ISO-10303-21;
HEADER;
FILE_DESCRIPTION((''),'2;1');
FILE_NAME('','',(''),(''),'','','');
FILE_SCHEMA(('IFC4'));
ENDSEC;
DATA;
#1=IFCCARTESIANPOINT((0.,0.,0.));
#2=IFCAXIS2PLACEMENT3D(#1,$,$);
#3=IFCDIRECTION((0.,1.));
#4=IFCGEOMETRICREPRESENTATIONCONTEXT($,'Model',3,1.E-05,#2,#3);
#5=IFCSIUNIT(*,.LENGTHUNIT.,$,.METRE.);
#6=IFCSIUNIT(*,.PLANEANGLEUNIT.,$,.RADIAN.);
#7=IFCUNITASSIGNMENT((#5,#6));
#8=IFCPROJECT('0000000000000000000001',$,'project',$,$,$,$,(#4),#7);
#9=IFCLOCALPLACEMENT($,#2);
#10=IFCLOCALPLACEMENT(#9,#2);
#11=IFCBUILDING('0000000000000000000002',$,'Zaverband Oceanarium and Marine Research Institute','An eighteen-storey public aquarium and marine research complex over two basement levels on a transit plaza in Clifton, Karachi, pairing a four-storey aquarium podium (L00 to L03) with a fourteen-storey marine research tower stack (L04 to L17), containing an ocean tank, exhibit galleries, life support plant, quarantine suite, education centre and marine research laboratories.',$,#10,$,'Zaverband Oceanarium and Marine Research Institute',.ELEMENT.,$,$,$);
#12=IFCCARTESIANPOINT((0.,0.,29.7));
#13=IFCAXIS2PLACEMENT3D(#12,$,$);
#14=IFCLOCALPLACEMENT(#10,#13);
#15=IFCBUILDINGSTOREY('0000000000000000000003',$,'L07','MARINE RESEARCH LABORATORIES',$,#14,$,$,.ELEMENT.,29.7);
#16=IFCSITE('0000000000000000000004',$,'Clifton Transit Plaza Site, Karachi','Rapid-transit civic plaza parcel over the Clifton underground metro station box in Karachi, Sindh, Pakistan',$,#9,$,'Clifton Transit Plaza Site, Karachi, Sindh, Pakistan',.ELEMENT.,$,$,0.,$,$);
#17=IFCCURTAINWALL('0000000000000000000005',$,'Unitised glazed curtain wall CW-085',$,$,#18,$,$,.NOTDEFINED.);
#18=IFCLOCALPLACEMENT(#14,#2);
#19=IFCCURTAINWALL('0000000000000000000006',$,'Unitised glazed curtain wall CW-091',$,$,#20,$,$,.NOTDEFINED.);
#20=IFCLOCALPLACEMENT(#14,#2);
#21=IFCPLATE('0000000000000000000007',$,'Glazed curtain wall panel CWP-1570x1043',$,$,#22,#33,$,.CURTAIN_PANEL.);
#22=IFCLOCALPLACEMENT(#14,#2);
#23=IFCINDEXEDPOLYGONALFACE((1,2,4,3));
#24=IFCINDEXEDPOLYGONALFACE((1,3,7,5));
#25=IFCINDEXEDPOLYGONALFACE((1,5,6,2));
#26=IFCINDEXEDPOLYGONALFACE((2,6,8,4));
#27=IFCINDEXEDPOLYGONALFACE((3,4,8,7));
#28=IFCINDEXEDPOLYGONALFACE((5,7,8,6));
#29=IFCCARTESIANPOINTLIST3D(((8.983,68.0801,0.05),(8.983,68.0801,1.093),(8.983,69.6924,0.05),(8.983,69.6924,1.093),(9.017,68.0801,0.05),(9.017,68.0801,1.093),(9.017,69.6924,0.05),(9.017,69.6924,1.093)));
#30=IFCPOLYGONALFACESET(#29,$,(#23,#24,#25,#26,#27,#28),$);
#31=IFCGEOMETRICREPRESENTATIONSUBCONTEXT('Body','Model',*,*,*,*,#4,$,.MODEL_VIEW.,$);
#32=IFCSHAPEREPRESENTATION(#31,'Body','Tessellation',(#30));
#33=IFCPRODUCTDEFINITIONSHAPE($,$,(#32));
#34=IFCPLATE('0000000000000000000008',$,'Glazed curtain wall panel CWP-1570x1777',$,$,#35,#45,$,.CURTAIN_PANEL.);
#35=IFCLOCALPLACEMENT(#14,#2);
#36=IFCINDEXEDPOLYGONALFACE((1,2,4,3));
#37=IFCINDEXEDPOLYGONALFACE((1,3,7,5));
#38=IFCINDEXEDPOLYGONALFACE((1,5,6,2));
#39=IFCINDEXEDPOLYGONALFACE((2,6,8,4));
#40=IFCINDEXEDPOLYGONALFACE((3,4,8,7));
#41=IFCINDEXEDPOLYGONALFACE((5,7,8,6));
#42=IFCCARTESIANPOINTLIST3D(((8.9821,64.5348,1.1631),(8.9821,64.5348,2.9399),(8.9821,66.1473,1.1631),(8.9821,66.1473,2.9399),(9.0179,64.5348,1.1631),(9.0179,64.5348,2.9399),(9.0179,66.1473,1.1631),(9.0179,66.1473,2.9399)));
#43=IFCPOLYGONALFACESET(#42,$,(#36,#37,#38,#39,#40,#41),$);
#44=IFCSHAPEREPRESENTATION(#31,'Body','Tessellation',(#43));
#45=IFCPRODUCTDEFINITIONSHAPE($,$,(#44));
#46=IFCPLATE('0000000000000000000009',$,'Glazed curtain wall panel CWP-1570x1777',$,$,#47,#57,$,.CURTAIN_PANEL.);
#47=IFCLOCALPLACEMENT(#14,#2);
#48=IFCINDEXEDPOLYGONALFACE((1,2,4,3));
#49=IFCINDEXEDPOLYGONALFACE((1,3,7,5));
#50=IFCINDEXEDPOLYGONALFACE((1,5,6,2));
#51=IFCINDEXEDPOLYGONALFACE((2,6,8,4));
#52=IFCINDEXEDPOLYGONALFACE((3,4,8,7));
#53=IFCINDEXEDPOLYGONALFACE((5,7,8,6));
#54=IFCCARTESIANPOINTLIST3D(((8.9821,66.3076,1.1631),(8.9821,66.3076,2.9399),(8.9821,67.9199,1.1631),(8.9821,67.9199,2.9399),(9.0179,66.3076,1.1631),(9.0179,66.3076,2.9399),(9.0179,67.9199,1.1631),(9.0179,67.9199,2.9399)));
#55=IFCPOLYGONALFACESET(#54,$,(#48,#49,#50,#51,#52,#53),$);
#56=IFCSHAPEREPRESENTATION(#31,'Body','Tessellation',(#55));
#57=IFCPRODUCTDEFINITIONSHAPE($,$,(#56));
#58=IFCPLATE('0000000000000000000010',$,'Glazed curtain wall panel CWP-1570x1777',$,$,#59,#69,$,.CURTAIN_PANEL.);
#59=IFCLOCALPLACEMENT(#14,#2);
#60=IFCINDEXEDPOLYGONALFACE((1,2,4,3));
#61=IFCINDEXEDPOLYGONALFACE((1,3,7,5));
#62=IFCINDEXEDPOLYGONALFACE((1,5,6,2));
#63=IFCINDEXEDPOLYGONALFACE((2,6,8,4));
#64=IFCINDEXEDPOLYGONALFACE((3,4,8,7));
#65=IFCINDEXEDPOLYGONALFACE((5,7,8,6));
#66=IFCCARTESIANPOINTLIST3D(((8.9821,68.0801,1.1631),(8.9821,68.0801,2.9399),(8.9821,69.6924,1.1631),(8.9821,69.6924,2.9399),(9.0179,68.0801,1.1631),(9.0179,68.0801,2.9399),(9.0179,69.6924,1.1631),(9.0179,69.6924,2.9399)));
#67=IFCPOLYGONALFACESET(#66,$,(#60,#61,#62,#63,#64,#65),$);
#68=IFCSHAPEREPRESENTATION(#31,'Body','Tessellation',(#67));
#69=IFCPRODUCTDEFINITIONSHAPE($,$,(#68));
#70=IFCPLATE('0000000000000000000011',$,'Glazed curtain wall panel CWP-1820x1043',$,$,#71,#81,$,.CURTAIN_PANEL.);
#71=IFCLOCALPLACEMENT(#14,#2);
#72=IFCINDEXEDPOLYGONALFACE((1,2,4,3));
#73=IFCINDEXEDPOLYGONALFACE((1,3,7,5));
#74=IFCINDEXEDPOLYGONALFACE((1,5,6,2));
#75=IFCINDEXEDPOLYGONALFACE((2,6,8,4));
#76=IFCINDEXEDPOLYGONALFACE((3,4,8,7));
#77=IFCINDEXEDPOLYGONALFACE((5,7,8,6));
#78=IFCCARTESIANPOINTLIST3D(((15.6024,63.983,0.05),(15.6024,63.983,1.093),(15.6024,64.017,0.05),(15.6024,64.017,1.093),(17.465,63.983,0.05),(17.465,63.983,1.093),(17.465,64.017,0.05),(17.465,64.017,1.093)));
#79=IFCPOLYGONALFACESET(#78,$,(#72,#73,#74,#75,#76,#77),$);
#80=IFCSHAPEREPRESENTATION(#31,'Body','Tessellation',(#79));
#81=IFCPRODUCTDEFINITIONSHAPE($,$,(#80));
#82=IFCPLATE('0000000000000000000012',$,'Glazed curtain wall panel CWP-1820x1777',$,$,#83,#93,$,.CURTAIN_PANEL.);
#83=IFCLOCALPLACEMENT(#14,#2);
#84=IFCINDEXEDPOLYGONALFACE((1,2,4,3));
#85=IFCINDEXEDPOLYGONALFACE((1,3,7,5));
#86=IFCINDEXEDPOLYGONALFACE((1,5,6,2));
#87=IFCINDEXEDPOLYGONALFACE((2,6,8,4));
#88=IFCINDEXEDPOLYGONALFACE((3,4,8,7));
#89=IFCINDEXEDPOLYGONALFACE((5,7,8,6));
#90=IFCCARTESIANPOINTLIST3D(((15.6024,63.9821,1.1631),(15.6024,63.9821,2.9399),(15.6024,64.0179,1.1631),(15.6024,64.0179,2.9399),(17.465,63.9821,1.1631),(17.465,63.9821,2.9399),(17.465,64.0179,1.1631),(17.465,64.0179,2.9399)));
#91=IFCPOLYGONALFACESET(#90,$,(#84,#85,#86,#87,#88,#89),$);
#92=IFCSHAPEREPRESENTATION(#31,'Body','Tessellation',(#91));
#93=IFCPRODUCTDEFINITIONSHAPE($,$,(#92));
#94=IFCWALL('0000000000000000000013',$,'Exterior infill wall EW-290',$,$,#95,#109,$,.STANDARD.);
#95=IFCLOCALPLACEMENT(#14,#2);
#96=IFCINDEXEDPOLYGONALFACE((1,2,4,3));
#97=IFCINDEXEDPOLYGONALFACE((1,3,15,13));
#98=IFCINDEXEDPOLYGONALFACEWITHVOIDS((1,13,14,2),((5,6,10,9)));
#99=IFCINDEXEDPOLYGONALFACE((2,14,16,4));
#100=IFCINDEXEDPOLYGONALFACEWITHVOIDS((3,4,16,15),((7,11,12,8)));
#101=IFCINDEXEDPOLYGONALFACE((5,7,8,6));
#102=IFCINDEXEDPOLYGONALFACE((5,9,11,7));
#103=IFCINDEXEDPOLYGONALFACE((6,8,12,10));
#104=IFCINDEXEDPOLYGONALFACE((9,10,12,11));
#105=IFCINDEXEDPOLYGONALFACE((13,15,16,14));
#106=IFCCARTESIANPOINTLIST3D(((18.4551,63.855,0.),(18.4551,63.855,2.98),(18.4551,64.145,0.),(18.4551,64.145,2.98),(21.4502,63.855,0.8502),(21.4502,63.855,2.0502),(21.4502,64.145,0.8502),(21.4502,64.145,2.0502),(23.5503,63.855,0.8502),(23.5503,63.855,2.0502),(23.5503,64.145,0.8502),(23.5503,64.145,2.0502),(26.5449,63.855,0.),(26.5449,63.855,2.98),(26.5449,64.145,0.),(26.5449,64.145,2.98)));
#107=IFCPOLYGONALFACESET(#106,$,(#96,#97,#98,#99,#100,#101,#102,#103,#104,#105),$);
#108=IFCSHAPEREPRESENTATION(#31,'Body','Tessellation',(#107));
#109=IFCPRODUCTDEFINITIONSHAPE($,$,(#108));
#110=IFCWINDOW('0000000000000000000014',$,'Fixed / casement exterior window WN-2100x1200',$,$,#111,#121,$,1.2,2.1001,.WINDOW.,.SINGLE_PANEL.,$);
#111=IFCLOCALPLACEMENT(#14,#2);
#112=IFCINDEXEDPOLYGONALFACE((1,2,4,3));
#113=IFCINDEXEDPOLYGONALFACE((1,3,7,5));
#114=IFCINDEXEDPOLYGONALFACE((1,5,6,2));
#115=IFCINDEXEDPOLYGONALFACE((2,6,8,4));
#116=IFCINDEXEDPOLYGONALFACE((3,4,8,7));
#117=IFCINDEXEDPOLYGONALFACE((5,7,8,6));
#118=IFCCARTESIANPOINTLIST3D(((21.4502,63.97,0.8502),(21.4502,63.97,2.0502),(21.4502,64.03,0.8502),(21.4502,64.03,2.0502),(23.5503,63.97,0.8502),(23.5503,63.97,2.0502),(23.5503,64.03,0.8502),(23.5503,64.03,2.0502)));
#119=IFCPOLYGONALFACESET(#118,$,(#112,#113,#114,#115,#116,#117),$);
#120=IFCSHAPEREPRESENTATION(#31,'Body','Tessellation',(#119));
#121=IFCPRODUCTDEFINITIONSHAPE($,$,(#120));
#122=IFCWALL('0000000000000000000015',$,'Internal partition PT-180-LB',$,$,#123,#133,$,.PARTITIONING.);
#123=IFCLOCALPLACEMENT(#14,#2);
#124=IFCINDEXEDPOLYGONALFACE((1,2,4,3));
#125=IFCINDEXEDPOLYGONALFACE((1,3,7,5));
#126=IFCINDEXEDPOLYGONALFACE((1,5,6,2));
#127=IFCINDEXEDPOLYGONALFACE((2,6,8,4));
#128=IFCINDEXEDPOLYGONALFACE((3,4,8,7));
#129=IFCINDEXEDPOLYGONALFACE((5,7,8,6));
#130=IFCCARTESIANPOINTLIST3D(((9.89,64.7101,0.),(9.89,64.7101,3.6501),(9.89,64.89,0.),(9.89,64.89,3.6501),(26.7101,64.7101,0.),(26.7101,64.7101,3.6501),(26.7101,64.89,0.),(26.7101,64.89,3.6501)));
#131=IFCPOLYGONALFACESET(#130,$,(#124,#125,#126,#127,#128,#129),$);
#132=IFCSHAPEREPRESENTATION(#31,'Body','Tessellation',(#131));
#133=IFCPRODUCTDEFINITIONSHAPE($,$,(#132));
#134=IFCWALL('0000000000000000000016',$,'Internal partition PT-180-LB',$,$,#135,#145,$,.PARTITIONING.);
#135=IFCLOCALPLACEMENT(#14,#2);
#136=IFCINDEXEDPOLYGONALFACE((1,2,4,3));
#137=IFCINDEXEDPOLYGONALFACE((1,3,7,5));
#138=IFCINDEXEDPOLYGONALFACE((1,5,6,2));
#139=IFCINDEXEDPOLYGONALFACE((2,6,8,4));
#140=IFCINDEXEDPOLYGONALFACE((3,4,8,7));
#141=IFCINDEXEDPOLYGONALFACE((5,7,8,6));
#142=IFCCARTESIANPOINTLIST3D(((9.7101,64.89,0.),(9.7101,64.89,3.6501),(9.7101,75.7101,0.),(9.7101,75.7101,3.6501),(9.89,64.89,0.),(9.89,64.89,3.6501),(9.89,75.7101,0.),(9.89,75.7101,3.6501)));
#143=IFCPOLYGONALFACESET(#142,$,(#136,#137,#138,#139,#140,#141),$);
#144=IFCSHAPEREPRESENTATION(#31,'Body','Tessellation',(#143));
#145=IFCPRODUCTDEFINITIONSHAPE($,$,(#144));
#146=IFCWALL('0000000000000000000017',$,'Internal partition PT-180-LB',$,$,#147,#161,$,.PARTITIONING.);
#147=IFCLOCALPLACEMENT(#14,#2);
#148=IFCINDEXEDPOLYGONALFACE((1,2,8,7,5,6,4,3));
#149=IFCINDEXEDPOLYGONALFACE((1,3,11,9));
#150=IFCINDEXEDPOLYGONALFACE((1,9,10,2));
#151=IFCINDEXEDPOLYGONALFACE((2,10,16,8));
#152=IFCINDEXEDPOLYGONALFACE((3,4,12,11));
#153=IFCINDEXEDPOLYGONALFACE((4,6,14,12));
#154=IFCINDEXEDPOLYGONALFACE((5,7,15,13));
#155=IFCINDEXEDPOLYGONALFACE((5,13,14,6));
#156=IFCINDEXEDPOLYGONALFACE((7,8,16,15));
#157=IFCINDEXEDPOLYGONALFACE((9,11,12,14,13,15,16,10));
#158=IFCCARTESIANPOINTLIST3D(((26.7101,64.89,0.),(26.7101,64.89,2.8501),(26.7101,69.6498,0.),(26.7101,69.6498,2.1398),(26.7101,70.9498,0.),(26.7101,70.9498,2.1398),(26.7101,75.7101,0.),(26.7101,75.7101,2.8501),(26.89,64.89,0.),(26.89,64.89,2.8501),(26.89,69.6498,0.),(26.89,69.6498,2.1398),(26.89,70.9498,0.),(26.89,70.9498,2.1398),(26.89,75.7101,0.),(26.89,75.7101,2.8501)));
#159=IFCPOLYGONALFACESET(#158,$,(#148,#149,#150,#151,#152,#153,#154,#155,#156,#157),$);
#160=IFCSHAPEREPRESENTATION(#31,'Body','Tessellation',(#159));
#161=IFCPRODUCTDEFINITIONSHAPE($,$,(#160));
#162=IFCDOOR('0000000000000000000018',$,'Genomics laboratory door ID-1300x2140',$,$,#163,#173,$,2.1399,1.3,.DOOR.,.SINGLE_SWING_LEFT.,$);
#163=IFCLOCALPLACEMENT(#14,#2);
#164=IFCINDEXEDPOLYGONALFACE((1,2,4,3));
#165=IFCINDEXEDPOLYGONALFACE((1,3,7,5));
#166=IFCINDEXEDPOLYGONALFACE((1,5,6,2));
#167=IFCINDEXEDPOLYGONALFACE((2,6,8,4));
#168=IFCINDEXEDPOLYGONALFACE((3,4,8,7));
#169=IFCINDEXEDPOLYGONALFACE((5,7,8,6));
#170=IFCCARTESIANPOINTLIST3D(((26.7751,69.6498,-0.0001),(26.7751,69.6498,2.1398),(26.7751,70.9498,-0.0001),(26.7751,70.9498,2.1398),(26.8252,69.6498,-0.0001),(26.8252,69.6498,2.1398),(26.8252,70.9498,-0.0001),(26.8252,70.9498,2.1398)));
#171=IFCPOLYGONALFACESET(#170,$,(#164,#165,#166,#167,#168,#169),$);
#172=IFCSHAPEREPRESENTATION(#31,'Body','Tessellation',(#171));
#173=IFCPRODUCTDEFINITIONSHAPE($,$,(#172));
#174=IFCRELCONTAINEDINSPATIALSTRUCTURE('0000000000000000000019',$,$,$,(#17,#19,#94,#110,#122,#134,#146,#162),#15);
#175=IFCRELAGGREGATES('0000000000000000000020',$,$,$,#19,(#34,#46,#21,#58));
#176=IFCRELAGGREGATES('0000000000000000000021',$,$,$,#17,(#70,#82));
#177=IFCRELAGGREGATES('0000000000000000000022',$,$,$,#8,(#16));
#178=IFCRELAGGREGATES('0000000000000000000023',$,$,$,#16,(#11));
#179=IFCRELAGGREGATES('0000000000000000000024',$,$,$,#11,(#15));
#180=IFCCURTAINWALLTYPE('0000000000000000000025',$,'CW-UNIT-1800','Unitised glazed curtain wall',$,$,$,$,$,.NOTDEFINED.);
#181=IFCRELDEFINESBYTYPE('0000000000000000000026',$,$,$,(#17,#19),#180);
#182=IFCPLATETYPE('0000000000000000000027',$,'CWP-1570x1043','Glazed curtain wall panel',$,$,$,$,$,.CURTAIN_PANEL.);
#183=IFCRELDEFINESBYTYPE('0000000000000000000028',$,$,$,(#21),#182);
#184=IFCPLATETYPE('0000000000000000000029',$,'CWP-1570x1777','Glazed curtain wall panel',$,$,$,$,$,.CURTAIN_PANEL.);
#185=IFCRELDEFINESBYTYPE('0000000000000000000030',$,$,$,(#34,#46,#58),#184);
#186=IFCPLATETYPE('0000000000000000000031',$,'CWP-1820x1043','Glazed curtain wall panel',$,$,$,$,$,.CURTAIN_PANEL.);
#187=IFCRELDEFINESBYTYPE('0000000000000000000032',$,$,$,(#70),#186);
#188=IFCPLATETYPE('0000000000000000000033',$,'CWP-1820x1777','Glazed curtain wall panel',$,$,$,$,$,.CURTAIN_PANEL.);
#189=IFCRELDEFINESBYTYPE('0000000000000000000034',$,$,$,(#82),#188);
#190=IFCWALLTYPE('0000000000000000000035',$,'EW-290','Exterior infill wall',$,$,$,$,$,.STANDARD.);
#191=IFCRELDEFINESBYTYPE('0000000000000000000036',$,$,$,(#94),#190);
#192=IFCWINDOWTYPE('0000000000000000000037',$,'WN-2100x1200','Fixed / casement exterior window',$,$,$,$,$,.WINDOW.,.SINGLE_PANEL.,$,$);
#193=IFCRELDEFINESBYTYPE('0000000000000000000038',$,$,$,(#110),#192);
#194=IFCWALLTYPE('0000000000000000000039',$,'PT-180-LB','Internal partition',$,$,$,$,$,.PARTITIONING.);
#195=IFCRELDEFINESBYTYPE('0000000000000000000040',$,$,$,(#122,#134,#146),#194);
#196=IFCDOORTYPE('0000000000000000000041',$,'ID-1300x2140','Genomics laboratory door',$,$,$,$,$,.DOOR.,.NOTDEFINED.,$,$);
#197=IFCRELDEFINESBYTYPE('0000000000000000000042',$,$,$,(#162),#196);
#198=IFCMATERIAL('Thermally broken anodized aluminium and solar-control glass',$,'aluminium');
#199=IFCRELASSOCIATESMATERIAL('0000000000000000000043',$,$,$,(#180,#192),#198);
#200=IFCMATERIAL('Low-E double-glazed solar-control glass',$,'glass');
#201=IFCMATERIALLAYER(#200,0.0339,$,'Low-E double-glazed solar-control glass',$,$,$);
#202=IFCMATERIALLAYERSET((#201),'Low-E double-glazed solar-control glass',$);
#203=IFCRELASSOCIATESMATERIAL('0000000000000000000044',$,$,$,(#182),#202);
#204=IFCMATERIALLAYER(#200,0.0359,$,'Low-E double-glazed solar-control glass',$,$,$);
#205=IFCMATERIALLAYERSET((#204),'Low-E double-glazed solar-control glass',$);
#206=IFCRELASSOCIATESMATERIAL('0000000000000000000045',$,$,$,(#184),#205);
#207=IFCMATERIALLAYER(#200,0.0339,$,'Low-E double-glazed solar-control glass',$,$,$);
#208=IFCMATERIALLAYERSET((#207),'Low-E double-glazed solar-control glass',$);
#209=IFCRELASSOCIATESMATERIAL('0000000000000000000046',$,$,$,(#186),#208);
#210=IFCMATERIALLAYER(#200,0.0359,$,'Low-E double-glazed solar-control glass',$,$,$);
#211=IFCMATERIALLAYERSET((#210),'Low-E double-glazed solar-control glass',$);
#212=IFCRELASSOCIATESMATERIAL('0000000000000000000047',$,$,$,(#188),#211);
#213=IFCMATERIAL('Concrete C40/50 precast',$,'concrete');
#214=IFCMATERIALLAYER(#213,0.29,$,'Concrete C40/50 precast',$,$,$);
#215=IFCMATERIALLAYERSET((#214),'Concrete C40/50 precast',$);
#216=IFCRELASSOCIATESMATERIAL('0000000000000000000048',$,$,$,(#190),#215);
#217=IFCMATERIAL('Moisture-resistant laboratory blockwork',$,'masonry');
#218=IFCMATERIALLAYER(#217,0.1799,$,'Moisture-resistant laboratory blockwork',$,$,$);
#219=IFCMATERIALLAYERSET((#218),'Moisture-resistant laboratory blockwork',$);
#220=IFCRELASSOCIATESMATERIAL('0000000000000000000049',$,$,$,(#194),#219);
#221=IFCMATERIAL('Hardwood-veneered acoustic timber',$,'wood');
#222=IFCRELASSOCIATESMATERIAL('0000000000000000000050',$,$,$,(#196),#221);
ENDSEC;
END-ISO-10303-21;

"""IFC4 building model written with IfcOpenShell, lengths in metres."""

from ifc_helpers import new_model, si_unit, direction, frame, frame_2d, origin, place, context, subcontext, project, spatial, rectangle, extrude, material, layer, layer_set, type_object, element, fill, aggregate, save


model = new_model("IFC4")

# Units and contexts
model_context = context("Model", 3, precision=1e-05, world=origin(), true_north=direction((0.0, 1.0)))
body_context = subcontext(model_context, "Body", "Model", "MODEL_VIEW")
ifc_project = project(units=[si_unit("LENGTHUNIT", "METRE"), si_unit("PLANEANGLEUNIT", "RADIAN")], contexts=[model_context])

# Site, building, storey
site_placement = place(None, origin())
site = spatial("IfcSite", under=ifc_project, at=site_placement, Name="Clifton Transit Plaza Site, Karachi", Description="Rapid-transit civic plaza parcel over the Clifton underground metro station box in Karachi, Sindh, Pakistan", LongName="Clifton Transit Plaza Site, Karachi, Sindh, Pakistan", CompositionType="ELEMENT", RefElevation=0.0)
building_placement = place(site_placement, origin())
building = spatial("IfcBuilding", under=site, at=building_placement, Name="Zaverband Oceanarium and Marine Research Institute", Description="An eighteen-storey public aquarium and marine research complex over two basement levels on a transit plaza in Clifton, Karachi, pairing a four-storey aquarium podium (L00 to L03) with a fourteen-storey marine research tower stack (L04 to L17), containing an ocean tank, exhibit galleries, life support plant, quarantine suite, education centre and marine research laboratories.", LongName="Zaverband Oceanarium and Marine Research Institute", CompositionType="ELEMENT")
storey_placement = place(building_placement, frame((0.0, 0.0, 29.7)))
storey = spatial("IfcBuildingStorey", under=building, at=storey_placement, Name="L07", Description="MARINE RESEARCH LABORATORIES", CompositionType="ELEMENT", Elevation=29.7)

# Curtain wall
ifc_material_1 = material(Name="Thermally broken anodized aluminium and solar-control glass", Category="aluminium")
curtain_wall_type = type_object("IfcCurtainWallType", Name="CW-UNIT-1800", Description="Unitised glazed curtain wall", PredefinedType="NOTDEFINED", material=ifc_material_1)
curtain_wall_1_placement = place(storey_placement, origin())
curtain_wall_1 = element("IfcCurtainWall", 1, at=curtain_wall_1_placement, inside=storey, type_object=curtain_wall_type, Name="Unitised glazed curtain wall CW-085", PredefinedType="NOTDEFINED")

# Curtain wall, plates
curtain_wall_2_placement = place(storey_placement, origin())
curtain_wall_2 = element("IfcCurtainWall", 2, at=curtain_wall_2_placement, inside=storey, type_object=curtain_wall_type, Name="Unitised glazed curtain wall CW-091", PredefinedType="NOTDEFINED")
ifc_material_2 = material(Name="Low-E double-glazed solar-control glass", Category="glass")
ifc_layer_1 = layer(ifc_material_2, 0.0339, Name="Low-E double-glazed solar-control glass")
ifc_layer_set_1 = layer_set([ifc_layer_1], Name="Low-E double-glazed solar-control glass")
plate_type_1 = type_object("IfcPlateType", Name="CWP-1570x1043", Description="Glazed curtain wall panel", PredefinedType="CURTAIN_PANEL", material=ifc_layer_set_1)
plate_1_placement = place(storey_placement, frame((9.0, 68.0801, 0.05), z_axis=(0.0, 0.0, 1.0), x_axis=(0.0, 1.0, 0.0)))
plate_1 = element("IfcPlate", 3, at=plate_1_placement, type_object=plate_type_1, Name="Glazed curtain wall panel CWP-1570x1043", PredefinedType="CURTAIN_PANEL", context=body_context, shape_type="SweptSolid", body=[
    extrude(rectangle(XDim=1.6123, YDim=0.0339, at=frame_2d((0.8062, 0.0))), origin(), (0.0, 0.0, 1.0), 1.043),
])
ifc_layer_2 = layer(ifc_material_2, 0.0359, Name="Low-E double-glazed solar-control glass")
ifc_layer_set_2 = layer_set([ifc_layer_2], Name="Low-E double-glazed solar-control glass")
plate_type_2 = type_object("IfcPlateType", Name="CWP-1570x1777", Description="Glazed curtain wall panel", PredefinedType="CURTAIN_PANEL", material=ifc_layer_set_2)
plate_2_placement = place(storey_placement, frame((9.0, 64.5349, 1.1631), z_axis=(0.0, 0.0, 1.0), x_axis=(0.0, 1.0, 0.0)))
plate_2 = element("IfcPlate", 4, at=plate_2_placement, type_object=plate_type_2, Name="Glazed curtain wall panel CWP-1570x1777", PredefinedType="CURTAIN_PANEL", context=body_context, shape_type="SweptSolid", body=[
    extrude(rectangle(XDim=1.6125, YDim=0.0359, at=frame_2d((0.8062, 0.0))), origin(), (0.0, 0.0, 1.0), 1.7769),
])
plate_3_placement = place(storey_placement, frame((9.0, 66.3076, 1.1631), z_axis=(0.0, 0.0, 1.0), x_axis=(0.0, 1.0, 0.0)))
plate_3 = element("IfcPlate", 5, at=plate_3_placement, type_object=plate_type_2, Name="Glazed curtain wall panel CWP-1570x1777", PredefinedType="CURTAIN_PANEL", context=body_context, shape_type="SweptSolid", body=[
    extrude(rectangle(XDim=1.6123, YDim=0.0359, at=frame_2d((0.8062, 0.0))), origin(), (0.0, 0.0, 1.0), 1.7769),
])
plate_4_placement = place(storey_placement, frame((9.0, 68.0801, 1.1631), z_axis=(0.0, 0.0, 1.0), x_axis=(0.0, 1.0, 0.0)))
plate_4 = element("IfcPlate", 6, at=plate_4_placement, type_object=plate_type_2, Name="Glazed curtain wall panel CWP-1570x1777", PredefinedType="CURTAIN_PANEL", context=body_context, shape_type="SweptSolid", body=[
    extrude(rectangle(XDim=1.6123, YDim=0.0359, at=frame_2d((0.8062, 0.0))), origin(), (0.0, 0.0, 1.0), 1.7769),
])
aggregate(curtain_wall_2, [plate_2, plate_3, plate_1, plate_4])

# Plates
ifc_layer_3 = layer(ifc_material_2, 0.0339, Name="Low-E double-glazed solar-control glass")
ifc_layer_set_3 = layer_set([ifc_layer_3], Name="Low-E double-glazed solar-control glass")
plate_type_3 = type_object("IfcPlateType", Name="CWP-1820x1043", Description="Glazed curtain wall panel", PredefinedType="CURTAIN_PANEL", material=ifc_layer_set_3)
plate_5_placement = place(storey_placement, frame((15.6025, 64.0, 0.05), z_axis=(0.0, 0.0, 1.0), x_axis=(1.0, 0.0, 0.0)))
plate_5 = element("IfcPlate", 7, at=plate_5_placement, type_object=plate_type_3, Name="Glazed curtain wall panel CWP-1820x1043", PredefinedType="CURTAIN_PANEL", context=body_context, shape_type="SweptSolid", body=[
    extrude(rectangle(XDim=1.8625, YDim=0.0339, at=frame_2d((0.9312, 0.0))), origin(), (0.0, 0.0, 1.0), 1.043),
])
ifc_layer_4 = layer(ifc_material_2, 0.0359, Name="Low-E double-glazed solar-control glass")
ifc_layer_set_4 = layer_set([ifc_layer_4], Name="Low-E double-glazed solar-control glass")
plate_type_4 = type_object("IfcPlateType", Name="CWP-1820x1777", Description="Glazed curtain wall panel", PredefinedType="CURTAIN_PANEL", material=ifc_layer_set_4)
plate_6_placement = place(storey_placement, frame((15.6025, 64.0, 1.1631), z_axis=(0.0, 0.0, 1.0), x_axis=(1.0, 0.0, 0.0)))
plate_6 = element("IfcPlate", 8, at=plate_6_placement, type_object=plate_type_4, Name="Glazed curtain wall panel CWP-1820x1777", PredefinedType="CURTAIN_PANEL", context=body_context, shape_type="SweptSolid", body=[
    extrude(rectangle(XDim=1.8625, YDim=0.0359, at=frame_2d((0.9312, 0.0))), origin(), (0.0, 0.0, 1.0), 1.7769),
])
aggregate(curtain_wall_1, [plate_5, plate_6])

# Wall, opening, window
ifc_material_3 = material(Name="Concrete C40/50 precast", Category="concrete")
ifc_layer_5 = layer(ifc_material_3, 0.29, Name="Concrete C40/50 precast")
ifc_layer_set_5 = layer_set([ifc_layer_5], Name="Concrete C40/50 precast")
wall_type_1 = type_object("IfcWallType", Name="EW-290", Description="Exterior infill wall", PredefinedType="STANDARD", material=ifc_layer_set_5)
wall_1_placement = place(storey_placement, frame((18.4551, 64.0, 0.0), z_axis=(0.0, 0.0, 1.0), x_axis=(1.0, 0.0, 0.0)))
wall_1 = element("IfcWall", 9, at=wall_1_placement, inside=storey, type_object=wall_type_1, Name="Exterior infill wall EW-290", PredefinedType="STANDARD", context=body_context, shape_type="SweptSolid", body=[
    extrude(rectangle(XDim=8.0898, YDim=0.29, at=frame_2d((4.0449, 0.0))), origin(), (0.0, 0.0, 1.0), 2.98),
])
opening_1_placement = place(wall_1_placement, frame((2.9951, 0.0, 0.8501)))
opening_1 = element("IfcOpeningElement", 10, at=opening_1_placement, cuts=wall_1, PredefinedType="OPENING", context=body_context, shape_type="SweptSolid", body=[
    extrude(rectangle(XDim=2.1001, YDim=1.2, at=frame_2d((1.05, 0.6001))), frame((0.0, 0.157, 0.0), z_axis=(0.0, -1.0, 0.0), x_axis=(1.0, 0.0, 0.0)), (0.0, 0.0, 1.0), 0.314),
])
window_type = type_object("IfcWindowType", Name="WN-2100x1200", Description="Fixed / casement exterior window", PartitioningType="SINGLE_PANEL", PredefinedType="WINDOW", material=ifc_material_1)
window_placement = place(opening_1_placement, origin())
window = element("IfcWindow", 11, at=window_placement, inside=storey, type_object=window_type, Name="Fixed / casement exterior window WN-2100x1200", OverallHeight=1.2, OverallWidth=2.1001, PartitioningType="SINGLE_PANEL", PredefinedType="WINDOW", context=body_context, shape_type="SweptSolid", body=[
    extrude(rectangle(XDim=2.1001, YDim=1.2, at=frame_2d((1.05, 0.6001))), frame((0.0, 0.03, 0.0), z_axis=(0.0, -1.0, 0.0), x_axis=(1.0, 0.0, 0.0)), (0.0, 0.0, 1.0), 0.0601),
])
fill(opening_1, window)

# Walls
ifc_material_4 = material(Name="Moisture-resistant laboratory blockwork", Category="masonry")
ifc_layer_6 = layer(ifc_material_4, 0.1799, Name="Moisture-resistant laboratory blockwork")
ifc_layer_set_6 = layer_set([ifc_layer_6], Name="Moisture-resistant laboratory blockwork")
wall_type_2 = type_object("IfcWallType", Name="PT-180-LB", Description="Internal partition", PredefinedType="PARTITIONING", material=ifc_layer_set_6)
wall_2_placement = place(storey_placement, frame((9.8899, 64.8, 0.0), z_axis=(0.0, 0.0, 1.0), x_axis=(1.0, 0.0, 0.0)))
element("IfcWall", 12, at=wall_2_placement, inside=storey, type_object=wall_type_2, Name="Internal partition PT-180-LB", PredefinedType="PARTITIONING", context=body_context, shape_type="SweptSolid", body=[
    extrude(rectangle(XDim=16.8201, YDim=0.1799, at=frame_2d((8.4102, 0.0))), origin(), (0.0, 0.0, 1.0), 3.6501),
])
wall_3_placement = place(storey_placement, frame((9.8, 64.8899, 0.0), z_axis=(0.0, 0.0, 1.0), x_axis=(0.0, 1.0, 0.0)))
element("IfcWall", 13, at=wall_3_placement, inside=storey, type_object=wall_type_2, Name="Internal partition PT-180-LB", PredefinedType="PARTITIONING", context=body_context, shape_type="SweptSolid", body=[
    extrude(rectangle(XDim=10.8201, YDim=0.1799, at=frame_2d((5.4102, 0.0))), origin(), (0.0, 0.0, 1.0), 3.6501),
])

# Wall, opening, door
wall_4_placement = place(storey_placement, frame((26.8, 64.8899, 0.0), z_axis=(0.0, 0.0, 1.0), x_axis=(0.0, 1.0, 0.0)))
wall_4 = element("IfcWall", 14, at=wall_4_placement, inside=storey, type_object=wall_type_2, Name="Internal partition PT-180-LB", PredefinedType="PARTITIONING", context=body_context, shape_type="SweptSolid", body=[
    extrude(rectangle(XDim=10.8201, YDim=0.1799, at=frame_2d((5.4102, 0.0))), origin(), (0.0, 0.0, 1.0), 2.8501),
])
opening_2_placement = place(wall_4_placement, frame((4.76, 0.0, 0.0)))
opening_2 = element("IfcOpeningElement", 15, at=opening_2_placement, cuts=wall_4, PredefinedType="OPENING", context=body_context, shape_type="SweptSolid", body=[
    extrude(rectangle(XDim=1.3, YDim=2.1399, at=frame_2d((0.6499, 1.0698))), frame((0.0, 0.1021, 0.0), z_axis=(0.0, -1.0, 0.0), x_axis=(1.0, 0.0, 0.0)), (0.0, 0.0, 1.0), 0.2039),
])
ifc_material_5 = material(Name="Hardwood-veneered acoustic timber", Category="wood")
door_type = type_object("IfcDoorType", Name="ID-1300x2140", Description="Genomics laboratory door", OperationType="NOTDEFINED", PredefinedType="DOOR", material=ifc_material_5)
door_placement = place(opening_2_placement, origin())
door = element("IfcDoor", 16, at=door_placement, inside=storey, type_object=door_type, Name="Genomics laboratory door ID-1300x2140", OperationType="SINGLE_SWING_LEFT", OverallHeight=2.1399, OverallWidth=1.3, PredefinedType="DOOR", context=body_context, shape_type="SweptSolid", body=[
    extrude(rectangle(XDim=1.3, YDim=2.1399, at=frame_2d((0.6499, 1.0698))), frame((0.0, 0.0249, 0.0), z_axis=(0.0, -1.0, 0.0), x_axis=(1.0, 0.0, 0.0)), (0.0, 0.0, 1.0), 0.05),
])
fill(opening_2, door)

save(model, "model.ifc")
